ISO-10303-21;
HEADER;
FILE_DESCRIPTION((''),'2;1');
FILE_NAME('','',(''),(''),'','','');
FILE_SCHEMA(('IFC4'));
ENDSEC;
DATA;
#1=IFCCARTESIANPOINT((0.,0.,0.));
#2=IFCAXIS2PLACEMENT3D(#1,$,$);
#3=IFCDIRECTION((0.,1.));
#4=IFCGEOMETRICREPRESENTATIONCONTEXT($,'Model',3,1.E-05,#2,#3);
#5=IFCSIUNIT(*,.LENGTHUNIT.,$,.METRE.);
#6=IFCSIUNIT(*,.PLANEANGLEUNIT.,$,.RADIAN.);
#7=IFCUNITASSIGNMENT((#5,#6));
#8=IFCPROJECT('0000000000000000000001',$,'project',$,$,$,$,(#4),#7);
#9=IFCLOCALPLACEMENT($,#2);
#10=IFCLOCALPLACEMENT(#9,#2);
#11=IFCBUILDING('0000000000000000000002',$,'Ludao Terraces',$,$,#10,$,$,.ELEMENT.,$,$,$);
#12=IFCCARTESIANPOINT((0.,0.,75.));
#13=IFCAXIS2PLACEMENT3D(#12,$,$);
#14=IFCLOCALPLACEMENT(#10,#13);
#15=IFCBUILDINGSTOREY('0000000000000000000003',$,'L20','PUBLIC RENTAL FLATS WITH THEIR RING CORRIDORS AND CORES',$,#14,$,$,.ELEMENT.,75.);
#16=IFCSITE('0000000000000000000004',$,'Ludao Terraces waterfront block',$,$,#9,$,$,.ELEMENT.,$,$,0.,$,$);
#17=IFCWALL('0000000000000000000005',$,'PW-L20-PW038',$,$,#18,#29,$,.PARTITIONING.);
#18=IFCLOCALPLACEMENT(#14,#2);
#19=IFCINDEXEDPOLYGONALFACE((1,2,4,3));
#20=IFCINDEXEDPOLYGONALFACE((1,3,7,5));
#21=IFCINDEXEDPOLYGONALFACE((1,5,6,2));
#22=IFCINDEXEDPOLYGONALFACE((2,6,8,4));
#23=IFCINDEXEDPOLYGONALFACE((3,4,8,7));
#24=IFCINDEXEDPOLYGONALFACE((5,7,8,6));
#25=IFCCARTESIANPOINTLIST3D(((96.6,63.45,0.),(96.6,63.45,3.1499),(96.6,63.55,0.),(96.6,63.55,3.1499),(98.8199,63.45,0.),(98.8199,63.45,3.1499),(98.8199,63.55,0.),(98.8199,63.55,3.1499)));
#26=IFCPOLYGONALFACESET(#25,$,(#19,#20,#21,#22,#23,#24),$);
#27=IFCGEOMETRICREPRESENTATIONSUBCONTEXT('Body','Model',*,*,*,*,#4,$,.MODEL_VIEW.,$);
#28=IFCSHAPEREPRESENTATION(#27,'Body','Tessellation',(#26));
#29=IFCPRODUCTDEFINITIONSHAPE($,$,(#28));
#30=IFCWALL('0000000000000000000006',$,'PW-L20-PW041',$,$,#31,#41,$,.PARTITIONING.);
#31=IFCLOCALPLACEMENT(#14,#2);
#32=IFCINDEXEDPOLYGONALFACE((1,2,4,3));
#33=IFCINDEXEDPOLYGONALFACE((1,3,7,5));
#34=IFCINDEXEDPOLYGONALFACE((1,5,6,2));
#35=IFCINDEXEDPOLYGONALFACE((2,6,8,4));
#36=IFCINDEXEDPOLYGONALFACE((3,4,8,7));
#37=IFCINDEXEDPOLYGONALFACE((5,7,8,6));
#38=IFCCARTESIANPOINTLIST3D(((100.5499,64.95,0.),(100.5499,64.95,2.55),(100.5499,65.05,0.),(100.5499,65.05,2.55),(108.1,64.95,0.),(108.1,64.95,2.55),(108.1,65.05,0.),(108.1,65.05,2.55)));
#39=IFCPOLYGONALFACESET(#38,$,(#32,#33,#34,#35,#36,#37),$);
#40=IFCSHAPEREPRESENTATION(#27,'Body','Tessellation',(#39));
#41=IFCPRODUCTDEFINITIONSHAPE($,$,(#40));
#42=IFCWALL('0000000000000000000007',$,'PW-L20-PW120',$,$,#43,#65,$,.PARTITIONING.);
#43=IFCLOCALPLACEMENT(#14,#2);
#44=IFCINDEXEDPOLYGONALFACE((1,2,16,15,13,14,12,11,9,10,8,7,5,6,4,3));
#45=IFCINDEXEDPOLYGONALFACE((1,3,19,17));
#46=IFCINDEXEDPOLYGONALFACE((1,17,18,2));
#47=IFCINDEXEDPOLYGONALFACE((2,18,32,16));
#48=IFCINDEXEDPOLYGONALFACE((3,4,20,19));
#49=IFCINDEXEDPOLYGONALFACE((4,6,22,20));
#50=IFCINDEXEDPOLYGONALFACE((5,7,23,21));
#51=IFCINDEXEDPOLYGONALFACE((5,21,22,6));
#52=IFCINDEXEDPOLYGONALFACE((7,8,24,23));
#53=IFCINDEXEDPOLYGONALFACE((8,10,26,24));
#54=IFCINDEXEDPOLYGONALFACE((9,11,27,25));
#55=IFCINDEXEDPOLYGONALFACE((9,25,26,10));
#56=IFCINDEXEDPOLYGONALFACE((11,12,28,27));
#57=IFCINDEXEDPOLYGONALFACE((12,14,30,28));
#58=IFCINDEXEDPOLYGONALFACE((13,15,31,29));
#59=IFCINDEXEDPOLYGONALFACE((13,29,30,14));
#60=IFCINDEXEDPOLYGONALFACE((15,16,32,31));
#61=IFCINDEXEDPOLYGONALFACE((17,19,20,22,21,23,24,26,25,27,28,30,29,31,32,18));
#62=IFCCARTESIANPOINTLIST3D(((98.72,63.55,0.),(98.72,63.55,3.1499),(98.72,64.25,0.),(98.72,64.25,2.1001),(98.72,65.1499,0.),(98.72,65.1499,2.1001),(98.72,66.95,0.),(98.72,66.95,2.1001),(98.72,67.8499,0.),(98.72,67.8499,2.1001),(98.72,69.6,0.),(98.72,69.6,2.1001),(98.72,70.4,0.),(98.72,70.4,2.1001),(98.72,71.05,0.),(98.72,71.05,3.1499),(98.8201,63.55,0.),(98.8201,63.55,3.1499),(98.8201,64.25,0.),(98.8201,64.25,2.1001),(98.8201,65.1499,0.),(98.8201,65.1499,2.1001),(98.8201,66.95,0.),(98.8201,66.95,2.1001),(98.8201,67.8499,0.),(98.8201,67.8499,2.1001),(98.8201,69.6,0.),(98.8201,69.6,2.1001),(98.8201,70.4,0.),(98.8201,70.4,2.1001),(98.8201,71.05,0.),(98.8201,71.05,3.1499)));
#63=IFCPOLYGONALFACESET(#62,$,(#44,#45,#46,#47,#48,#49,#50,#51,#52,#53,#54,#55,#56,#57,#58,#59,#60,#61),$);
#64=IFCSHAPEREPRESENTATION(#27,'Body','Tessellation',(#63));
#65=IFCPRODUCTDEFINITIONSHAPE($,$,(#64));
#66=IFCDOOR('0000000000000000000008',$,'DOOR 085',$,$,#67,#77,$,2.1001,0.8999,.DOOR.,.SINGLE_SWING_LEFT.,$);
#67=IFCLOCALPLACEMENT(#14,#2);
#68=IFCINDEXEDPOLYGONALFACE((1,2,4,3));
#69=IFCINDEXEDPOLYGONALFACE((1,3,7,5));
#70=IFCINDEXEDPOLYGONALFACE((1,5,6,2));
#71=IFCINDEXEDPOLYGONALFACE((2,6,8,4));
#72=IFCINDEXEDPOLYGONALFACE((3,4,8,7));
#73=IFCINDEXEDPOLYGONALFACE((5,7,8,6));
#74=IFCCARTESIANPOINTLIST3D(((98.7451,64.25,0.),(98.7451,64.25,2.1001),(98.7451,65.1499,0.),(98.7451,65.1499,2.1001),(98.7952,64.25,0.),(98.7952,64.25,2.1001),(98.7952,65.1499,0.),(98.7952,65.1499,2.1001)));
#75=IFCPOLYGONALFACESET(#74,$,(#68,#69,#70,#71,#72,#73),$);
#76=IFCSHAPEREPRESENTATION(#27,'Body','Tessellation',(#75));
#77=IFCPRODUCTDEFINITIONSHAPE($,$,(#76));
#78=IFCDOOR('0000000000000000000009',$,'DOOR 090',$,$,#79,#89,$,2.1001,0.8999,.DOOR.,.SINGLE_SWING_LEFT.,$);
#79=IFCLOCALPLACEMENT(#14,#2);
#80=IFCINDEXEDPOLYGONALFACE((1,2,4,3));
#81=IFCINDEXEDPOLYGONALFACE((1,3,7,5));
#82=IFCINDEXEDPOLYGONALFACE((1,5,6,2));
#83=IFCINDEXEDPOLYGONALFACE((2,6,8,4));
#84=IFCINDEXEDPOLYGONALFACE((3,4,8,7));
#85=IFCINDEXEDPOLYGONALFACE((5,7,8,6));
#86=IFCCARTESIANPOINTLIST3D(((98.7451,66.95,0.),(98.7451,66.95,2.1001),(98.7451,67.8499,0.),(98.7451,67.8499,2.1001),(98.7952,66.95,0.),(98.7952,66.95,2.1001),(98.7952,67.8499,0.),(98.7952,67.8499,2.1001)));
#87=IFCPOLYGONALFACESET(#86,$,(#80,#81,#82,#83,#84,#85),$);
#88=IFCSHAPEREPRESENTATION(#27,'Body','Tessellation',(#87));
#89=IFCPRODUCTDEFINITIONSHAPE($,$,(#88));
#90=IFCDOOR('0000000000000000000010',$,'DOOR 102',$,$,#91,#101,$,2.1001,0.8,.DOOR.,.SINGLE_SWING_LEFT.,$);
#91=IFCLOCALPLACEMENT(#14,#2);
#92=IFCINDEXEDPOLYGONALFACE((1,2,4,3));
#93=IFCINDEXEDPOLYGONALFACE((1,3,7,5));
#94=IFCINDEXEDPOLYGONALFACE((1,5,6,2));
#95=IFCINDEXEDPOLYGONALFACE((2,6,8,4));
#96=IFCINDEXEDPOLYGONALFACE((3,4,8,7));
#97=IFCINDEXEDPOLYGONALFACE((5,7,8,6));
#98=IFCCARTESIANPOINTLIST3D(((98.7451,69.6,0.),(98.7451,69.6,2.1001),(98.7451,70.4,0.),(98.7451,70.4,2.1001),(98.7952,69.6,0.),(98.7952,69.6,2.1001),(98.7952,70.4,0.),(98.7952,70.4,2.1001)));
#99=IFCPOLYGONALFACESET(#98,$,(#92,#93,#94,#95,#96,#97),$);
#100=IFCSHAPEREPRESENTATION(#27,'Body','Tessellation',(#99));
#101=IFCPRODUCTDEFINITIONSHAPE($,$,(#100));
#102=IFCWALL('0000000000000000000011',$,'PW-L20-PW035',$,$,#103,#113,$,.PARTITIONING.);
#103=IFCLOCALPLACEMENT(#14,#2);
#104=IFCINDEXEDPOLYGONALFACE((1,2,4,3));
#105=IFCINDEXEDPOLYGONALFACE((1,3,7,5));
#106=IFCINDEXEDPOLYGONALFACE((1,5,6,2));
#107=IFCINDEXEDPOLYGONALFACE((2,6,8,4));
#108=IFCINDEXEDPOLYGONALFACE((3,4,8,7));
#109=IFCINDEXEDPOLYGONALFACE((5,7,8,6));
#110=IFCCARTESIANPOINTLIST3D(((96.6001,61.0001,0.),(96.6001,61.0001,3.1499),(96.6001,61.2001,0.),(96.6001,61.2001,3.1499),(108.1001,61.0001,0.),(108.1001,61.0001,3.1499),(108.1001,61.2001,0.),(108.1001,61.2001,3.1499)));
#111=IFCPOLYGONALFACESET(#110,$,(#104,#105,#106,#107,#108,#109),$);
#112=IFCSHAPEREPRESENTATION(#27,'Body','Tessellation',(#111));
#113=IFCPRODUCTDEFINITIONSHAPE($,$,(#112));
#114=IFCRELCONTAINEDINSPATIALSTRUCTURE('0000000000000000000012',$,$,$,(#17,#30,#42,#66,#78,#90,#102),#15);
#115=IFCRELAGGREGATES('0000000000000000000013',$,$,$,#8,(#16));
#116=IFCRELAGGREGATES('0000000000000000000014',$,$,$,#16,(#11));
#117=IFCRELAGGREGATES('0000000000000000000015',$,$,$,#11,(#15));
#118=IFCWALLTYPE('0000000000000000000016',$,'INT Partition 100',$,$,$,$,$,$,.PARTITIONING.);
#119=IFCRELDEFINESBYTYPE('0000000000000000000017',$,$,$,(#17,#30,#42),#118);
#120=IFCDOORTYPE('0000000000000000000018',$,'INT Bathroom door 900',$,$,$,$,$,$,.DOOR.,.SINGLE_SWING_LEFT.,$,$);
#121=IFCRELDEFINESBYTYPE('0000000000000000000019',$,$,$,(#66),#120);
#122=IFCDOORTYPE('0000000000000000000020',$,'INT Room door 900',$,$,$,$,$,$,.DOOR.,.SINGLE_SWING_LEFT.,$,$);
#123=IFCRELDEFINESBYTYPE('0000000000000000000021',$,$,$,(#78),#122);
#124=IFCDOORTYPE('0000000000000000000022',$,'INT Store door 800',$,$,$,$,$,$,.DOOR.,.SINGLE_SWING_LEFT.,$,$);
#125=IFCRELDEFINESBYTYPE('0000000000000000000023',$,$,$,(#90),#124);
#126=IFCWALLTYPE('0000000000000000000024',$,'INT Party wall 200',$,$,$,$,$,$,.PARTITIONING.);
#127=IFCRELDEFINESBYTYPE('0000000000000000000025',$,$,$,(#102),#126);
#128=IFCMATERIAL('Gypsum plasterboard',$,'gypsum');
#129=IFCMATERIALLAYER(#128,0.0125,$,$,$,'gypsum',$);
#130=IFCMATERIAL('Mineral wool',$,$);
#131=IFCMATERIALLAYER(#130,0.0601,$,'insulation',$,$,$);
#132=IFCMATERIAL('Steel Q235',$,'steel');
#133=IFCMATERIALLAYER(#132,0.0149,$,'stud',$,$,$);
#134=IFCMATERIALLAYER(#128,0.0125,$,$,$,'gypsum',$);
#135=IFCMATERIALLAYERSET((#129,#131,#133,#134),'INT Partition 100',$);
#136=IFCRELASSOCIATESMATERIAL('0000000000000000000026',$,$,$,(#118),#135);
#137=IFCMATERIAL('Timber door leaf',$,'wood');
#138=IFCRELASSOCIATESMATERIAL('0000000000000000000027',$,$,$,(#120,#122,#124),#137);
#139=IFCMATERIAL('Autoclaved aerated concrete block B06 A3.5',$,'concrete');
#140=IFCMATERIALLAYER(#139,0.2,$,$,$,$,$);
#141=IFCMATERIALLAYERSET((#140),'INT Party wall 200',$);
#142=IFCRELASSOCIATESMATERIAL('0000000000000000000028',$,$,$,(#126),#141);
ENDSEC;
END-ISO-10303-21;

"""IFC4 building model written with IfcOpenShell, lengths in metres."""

from ifc_helpers import new_model, si_unit, direction, frame, frame_2d, origin, place, context, subcontext, project, spatial, rectangle, extrude, material, layer, layer_set, type_object, element, fill, save


model = new_model("IFC4")

# Units and contexts
model_context = context("Model", 3, precision=1e-05, world=origin(), true_north=direction((0.0, 1.0)))
body_context = subcontext(model_context, "Body", "Model", "MODEL_VIEW")
ifc_project = project(units=[si_unit("LENGTHUNIT", "METRE"), si_unit("PLANEANGLEUNIT", "RADIAN")], contexts=[model_context])

# Site, building, storey
site_placement = place(None, origin())
site = spatial("IfcSite", under=ifc_project, at=site_placement, Name="Ludao Terraces waterfront block", CompositionType="ELEMENT", RefElevation=0.0)
building_placement = place(site_placement, origin())
building = spatial("IfcBuilding", under=site, at=building_placement, Name="Ludao Terraces", CompositionType="ELEMENT")
storey_placement = place(building_placement, frame((0.0, 0.0, 75.0)))
storey = spatial("IfcBuildingStorey", under=building, at=storey_placement, Name="L20", Description="PUBLIC RENTAL FLATS WITH THEIR RING CORRIDORS AND CORES", CompositionType="ELEMENT", Elevation=75.0)

# Shared definitions
ifc_material_1 = material(Name="Mineral wool")

# Walls
ifc_material_2 = material(Name="Gypsum plasterboard", Category="gypsum")
ifc_layer_1 = layer(ifc_material_2, 0.0125, Category="gypsum")
ifc_layer_2 = layer(ifc_material_1, 0.0601, Name="insulation")
ifc_material_3 = material(Name="Steel Q235", Category="steel")
ifc_layer_3 = layer(ifc_material_3, 0.0149, Name="stud")
ifc_layer_4 = layer(ifc_material_2, 0.0125, Category="gypsum")
ifc_layer_set_1 = layer_set([ifc_layer_1, ifc_layer_2, ifc_layer_3, ifc_layer_4], Name="INT Partition 100")
wall_type_1 = type_object("IfcWallType", Name="INT Partition 100", PredefinedType="PARTITIONING", material=ifc_layer_set_1)
for number, where, z_axis, x_axis, name in (
    (1, (96.6001, 63.5, 0.0), (0.0, 0.0, 1.0), (1.0, 0.0, 0.0), "PW-L20-PW038"),
):
    element("IfcWall", number, at=place(storey_placement, frame(where, z_axis=z_axis, x_axis=x_axis)), inside=storey, type_object=wall_type_1, Name=name, PredefinedType="PARTITIONING", context=body_context, shape_type="SweptSolid", body=[
        extrude(rectangle(XDim=2.22, YDim=0.1001, at=frame_2d((1.1099, 0.0))), origin(), (0.0, 0.0, 1.0), 3.1499),
    ])
wall_1_placement = place(storey_placement, frame((100.55, 65.0, 0.0), z_axis=(0.0, 0.0, 1.0), x_axis=(1.0, 0.0, 0.0)))
element("IfcWall", 2, at=wall_1_placement, inside=storey, type_object=wall_type_1, Name="PW-L20-PW041", PredefinedType="PARTITIONING", context=body_context, shape_type="SweptSolid", body=[
    extrude(rectangle(XDim=7.55, YDim=0.1001, at=frame_2d((3.7749, 0.0))), origin(), (0.0, 0.0, 1.0), 2.55),
])

# Wall, openings, doors
wall_2_placement = place(storey_placement, frame((98.77, 63.55, 0.0), z_axis=(0.0, 0.0, 1.0), x_axis=(0.0, 1.0, 0.0)))
wall_2 = element("IfcWall", 3, at=wall_2_placement, inside=storey, type_object=wall_type_1, Name="PW-L20-PW120", PredefinedType="PARTITIONING", context=body_context, shape_type="SweptSolid", body=[
    extrude(rectangle(XDim=7.5, YDim=0.1001, at=frame_2d((3.75, 0.0))), origin(), (0.0, 0.0, 1.0), 3.1499),
])
opening_1_placement = place(wall_2_placement, frame((0.7, 0.0, 0.0)))
opening_1 = element("IfcOpeningElement", 4, at=opening_1_placement, cuts=wall_2, PredefinedType="OPENING", context=body_context, shape_type="SweptSolid", body=[
    extrude(rectangle(XDim=0.8999, YDim=2.1001, at=frame_2d((0.45, 1.05))), frame((0.0, 0.0601, 0.0), z_axis=(0.0, -1.0, 0.0), x_axis=(1.0, 0.0, 0.0)), (0.0, 0.0, 1.0), 0.1201),
])
opening_2_placement = place(wall_2_placement, frame((3.3999, 0.0, 0.0)))
opening_2 = element("IfcOpeningElement", 5, at=opening_2_placement, cuts=wall_2, PredefinedType="OPENING", context=body_context, shape_type="SweptSolid", body=[
    extrude(rectangle(XDim=0.8999, YDim=2.1001, at=frame_2d((0.45, 1.05))), frame((0.0, 0.0601, 0.0), z_axis=(0.0, -1.0, 0.0), x_axis=(1.0, 0.0, 0.0)), (0.0, 0.0, 1.0), 0.1201),
])
opening_3_placement = place(wall_2_placement, frame((6.05, 0.0, 0.0)))
opening_3 = element("IfcOpeningElement", 6, at=opening_3_placement, cuts=wall_2, PredefinedType="OPENING", context=body_context, shape_type="SweptSolid", body=[
    extrude(rectangle(XDim=0.8, YDim=2.1001, at=frame_2d((0.3999, 1.05))), frame((0.0, 0.0601, 0.0), z_axis=(0.0, -1.0, 0.0), x_axis=(1.0, 0.0, 0.0)), (0.0, 0.0, 1.0), 0.1201),
])
ifc_material_4 = material(Name="Timber door leaf", Category="wood")
door_type_1 = type_object("IfcDoorType", Name="INT Bathroom door 900", OperationType="SINGLE_SWING_LEFT", PredefinedType="DOOR", material=ifc_material_4)
door_1_placement = place(opening_1_placement, origin())
door_1 = element("IfcDoor", 7, at=door_1_placement, inside=storey, type_object=door_type_1, Name="DOOR 085", OperationType="SINGLE_SWING_LEFT", OverallHeight=2.1001, OverallWidth=0.8999, PredefinedType="DOOR", context=body_context, shape_type="SweptSolid", body=[
    extrude(rectangle(XDim=0.8999, YDim=2.1001, at=frame_2d((0.45, 1.05))), frame((0.0, 0.0249, 0.0), z_axis=(0.0, -1.0, 0.0), x_axis=(1.0, 0.0, 0.0)), (0.0, 0.0, 1.0), 0.05),
])
fill(opening_1, door_1)
door_type_2 = type_object("IfcDoorType", Name="INT Room door 900", OperationType="SINGLE_SWING_LEFT", PredefinedType="DOOR", material=ifc_material_4)
door_2_placement = place(opening_2_placement, origin())
door_2 = element("IfcDoor", 8, at=door_2_placement, inside=storey, type_object=door_type_2, Name="DOOR 090", OperationType="SINGLE_SWING_LEFT", OverallHeight=2.1001, OverallWidth=0.8999, PredefinedType="DOOR", context=body_context, shape_type="SweptSolid", body=[
    extrude(rectangle(XDim=0.8999, YDim=2.1001, at=frame_2d((0.45, 1.05))), frame((0.0, 0.0249, 0.0), z_axis=(0.0, -1.0, 0.0), x_axis=(1.0, 0.0, 0.0)), (0.0, 0.0, 1.0), 0.05),
])
fill(opening_2, door_2)
door_type_3 = type_object("IfcDoorType", Name="INT Store door 800", OperationType="SINGLE_SWING_LEFT", PredefinedType="DOOR", material=ifc_material_4)
door_3_placement = place(opening_3_placement, origin())
door_3 = element("IfcDoor", 9, at=door_3_placement, inside=storey, type_object=door_type_3, Name="DOOR 102", OperationType="SINGLE_SWING_LEFT", OverallHeight=2.1001, OverallWidth=0.8, PredefinedType="DOOR", context=body_context, shape_type="SweptSolid", body=[
    extrude(rectangle(XDim=0.8, YDim=2.1001, at=frame_2d((0.3999, 1.05))), frame((0.0, 0.0249, 0.0), z_axis=(0.0, -1.0, 0.0), x_axis=(1.0, 0.0, 0.0)), (0.0, 0.0, 1.0), 0.05),
])
fill(opening_3, door_3)

# Wall
ifc_material_5 = material(Name="Autoclaved aerated concrete block B06 A3.5", Category="concrete")
ifc_layer_5 = layer(ifc_material_5, 0.2)
ifc_layer_set_2 = layer_set([ifc_layer_5], Name="INT Party wall 200")
wall_type_2 = type_object("IfcWallType", Name="INT Party wall 200", PredefinedType="PARTITIONING", material=ifc_layer_set_2)
wall_3_placement = place(storey_placement, frame((96.6001, 61.1001, 0.0), z_axis=(0.0, 0.0, 1.0), x_axis=(1.0, 0.0, 0.0)))
element("IfcWall", 10, at=wall_3_placement, inside=storey, type_object=wall_type_2, Name="PW-L20-PW035", PredefinedType="PARTITIONING", context=body_context, shape_type="SweptSolid", body=[
    extrude(rectangle(XDim=11.5, YDim=0.2, at=frame_2d((5.75, 0.0))), origin(), (0.0, 0.0, 1.0), 3.1499),
])

save(model, "model.ifc")
